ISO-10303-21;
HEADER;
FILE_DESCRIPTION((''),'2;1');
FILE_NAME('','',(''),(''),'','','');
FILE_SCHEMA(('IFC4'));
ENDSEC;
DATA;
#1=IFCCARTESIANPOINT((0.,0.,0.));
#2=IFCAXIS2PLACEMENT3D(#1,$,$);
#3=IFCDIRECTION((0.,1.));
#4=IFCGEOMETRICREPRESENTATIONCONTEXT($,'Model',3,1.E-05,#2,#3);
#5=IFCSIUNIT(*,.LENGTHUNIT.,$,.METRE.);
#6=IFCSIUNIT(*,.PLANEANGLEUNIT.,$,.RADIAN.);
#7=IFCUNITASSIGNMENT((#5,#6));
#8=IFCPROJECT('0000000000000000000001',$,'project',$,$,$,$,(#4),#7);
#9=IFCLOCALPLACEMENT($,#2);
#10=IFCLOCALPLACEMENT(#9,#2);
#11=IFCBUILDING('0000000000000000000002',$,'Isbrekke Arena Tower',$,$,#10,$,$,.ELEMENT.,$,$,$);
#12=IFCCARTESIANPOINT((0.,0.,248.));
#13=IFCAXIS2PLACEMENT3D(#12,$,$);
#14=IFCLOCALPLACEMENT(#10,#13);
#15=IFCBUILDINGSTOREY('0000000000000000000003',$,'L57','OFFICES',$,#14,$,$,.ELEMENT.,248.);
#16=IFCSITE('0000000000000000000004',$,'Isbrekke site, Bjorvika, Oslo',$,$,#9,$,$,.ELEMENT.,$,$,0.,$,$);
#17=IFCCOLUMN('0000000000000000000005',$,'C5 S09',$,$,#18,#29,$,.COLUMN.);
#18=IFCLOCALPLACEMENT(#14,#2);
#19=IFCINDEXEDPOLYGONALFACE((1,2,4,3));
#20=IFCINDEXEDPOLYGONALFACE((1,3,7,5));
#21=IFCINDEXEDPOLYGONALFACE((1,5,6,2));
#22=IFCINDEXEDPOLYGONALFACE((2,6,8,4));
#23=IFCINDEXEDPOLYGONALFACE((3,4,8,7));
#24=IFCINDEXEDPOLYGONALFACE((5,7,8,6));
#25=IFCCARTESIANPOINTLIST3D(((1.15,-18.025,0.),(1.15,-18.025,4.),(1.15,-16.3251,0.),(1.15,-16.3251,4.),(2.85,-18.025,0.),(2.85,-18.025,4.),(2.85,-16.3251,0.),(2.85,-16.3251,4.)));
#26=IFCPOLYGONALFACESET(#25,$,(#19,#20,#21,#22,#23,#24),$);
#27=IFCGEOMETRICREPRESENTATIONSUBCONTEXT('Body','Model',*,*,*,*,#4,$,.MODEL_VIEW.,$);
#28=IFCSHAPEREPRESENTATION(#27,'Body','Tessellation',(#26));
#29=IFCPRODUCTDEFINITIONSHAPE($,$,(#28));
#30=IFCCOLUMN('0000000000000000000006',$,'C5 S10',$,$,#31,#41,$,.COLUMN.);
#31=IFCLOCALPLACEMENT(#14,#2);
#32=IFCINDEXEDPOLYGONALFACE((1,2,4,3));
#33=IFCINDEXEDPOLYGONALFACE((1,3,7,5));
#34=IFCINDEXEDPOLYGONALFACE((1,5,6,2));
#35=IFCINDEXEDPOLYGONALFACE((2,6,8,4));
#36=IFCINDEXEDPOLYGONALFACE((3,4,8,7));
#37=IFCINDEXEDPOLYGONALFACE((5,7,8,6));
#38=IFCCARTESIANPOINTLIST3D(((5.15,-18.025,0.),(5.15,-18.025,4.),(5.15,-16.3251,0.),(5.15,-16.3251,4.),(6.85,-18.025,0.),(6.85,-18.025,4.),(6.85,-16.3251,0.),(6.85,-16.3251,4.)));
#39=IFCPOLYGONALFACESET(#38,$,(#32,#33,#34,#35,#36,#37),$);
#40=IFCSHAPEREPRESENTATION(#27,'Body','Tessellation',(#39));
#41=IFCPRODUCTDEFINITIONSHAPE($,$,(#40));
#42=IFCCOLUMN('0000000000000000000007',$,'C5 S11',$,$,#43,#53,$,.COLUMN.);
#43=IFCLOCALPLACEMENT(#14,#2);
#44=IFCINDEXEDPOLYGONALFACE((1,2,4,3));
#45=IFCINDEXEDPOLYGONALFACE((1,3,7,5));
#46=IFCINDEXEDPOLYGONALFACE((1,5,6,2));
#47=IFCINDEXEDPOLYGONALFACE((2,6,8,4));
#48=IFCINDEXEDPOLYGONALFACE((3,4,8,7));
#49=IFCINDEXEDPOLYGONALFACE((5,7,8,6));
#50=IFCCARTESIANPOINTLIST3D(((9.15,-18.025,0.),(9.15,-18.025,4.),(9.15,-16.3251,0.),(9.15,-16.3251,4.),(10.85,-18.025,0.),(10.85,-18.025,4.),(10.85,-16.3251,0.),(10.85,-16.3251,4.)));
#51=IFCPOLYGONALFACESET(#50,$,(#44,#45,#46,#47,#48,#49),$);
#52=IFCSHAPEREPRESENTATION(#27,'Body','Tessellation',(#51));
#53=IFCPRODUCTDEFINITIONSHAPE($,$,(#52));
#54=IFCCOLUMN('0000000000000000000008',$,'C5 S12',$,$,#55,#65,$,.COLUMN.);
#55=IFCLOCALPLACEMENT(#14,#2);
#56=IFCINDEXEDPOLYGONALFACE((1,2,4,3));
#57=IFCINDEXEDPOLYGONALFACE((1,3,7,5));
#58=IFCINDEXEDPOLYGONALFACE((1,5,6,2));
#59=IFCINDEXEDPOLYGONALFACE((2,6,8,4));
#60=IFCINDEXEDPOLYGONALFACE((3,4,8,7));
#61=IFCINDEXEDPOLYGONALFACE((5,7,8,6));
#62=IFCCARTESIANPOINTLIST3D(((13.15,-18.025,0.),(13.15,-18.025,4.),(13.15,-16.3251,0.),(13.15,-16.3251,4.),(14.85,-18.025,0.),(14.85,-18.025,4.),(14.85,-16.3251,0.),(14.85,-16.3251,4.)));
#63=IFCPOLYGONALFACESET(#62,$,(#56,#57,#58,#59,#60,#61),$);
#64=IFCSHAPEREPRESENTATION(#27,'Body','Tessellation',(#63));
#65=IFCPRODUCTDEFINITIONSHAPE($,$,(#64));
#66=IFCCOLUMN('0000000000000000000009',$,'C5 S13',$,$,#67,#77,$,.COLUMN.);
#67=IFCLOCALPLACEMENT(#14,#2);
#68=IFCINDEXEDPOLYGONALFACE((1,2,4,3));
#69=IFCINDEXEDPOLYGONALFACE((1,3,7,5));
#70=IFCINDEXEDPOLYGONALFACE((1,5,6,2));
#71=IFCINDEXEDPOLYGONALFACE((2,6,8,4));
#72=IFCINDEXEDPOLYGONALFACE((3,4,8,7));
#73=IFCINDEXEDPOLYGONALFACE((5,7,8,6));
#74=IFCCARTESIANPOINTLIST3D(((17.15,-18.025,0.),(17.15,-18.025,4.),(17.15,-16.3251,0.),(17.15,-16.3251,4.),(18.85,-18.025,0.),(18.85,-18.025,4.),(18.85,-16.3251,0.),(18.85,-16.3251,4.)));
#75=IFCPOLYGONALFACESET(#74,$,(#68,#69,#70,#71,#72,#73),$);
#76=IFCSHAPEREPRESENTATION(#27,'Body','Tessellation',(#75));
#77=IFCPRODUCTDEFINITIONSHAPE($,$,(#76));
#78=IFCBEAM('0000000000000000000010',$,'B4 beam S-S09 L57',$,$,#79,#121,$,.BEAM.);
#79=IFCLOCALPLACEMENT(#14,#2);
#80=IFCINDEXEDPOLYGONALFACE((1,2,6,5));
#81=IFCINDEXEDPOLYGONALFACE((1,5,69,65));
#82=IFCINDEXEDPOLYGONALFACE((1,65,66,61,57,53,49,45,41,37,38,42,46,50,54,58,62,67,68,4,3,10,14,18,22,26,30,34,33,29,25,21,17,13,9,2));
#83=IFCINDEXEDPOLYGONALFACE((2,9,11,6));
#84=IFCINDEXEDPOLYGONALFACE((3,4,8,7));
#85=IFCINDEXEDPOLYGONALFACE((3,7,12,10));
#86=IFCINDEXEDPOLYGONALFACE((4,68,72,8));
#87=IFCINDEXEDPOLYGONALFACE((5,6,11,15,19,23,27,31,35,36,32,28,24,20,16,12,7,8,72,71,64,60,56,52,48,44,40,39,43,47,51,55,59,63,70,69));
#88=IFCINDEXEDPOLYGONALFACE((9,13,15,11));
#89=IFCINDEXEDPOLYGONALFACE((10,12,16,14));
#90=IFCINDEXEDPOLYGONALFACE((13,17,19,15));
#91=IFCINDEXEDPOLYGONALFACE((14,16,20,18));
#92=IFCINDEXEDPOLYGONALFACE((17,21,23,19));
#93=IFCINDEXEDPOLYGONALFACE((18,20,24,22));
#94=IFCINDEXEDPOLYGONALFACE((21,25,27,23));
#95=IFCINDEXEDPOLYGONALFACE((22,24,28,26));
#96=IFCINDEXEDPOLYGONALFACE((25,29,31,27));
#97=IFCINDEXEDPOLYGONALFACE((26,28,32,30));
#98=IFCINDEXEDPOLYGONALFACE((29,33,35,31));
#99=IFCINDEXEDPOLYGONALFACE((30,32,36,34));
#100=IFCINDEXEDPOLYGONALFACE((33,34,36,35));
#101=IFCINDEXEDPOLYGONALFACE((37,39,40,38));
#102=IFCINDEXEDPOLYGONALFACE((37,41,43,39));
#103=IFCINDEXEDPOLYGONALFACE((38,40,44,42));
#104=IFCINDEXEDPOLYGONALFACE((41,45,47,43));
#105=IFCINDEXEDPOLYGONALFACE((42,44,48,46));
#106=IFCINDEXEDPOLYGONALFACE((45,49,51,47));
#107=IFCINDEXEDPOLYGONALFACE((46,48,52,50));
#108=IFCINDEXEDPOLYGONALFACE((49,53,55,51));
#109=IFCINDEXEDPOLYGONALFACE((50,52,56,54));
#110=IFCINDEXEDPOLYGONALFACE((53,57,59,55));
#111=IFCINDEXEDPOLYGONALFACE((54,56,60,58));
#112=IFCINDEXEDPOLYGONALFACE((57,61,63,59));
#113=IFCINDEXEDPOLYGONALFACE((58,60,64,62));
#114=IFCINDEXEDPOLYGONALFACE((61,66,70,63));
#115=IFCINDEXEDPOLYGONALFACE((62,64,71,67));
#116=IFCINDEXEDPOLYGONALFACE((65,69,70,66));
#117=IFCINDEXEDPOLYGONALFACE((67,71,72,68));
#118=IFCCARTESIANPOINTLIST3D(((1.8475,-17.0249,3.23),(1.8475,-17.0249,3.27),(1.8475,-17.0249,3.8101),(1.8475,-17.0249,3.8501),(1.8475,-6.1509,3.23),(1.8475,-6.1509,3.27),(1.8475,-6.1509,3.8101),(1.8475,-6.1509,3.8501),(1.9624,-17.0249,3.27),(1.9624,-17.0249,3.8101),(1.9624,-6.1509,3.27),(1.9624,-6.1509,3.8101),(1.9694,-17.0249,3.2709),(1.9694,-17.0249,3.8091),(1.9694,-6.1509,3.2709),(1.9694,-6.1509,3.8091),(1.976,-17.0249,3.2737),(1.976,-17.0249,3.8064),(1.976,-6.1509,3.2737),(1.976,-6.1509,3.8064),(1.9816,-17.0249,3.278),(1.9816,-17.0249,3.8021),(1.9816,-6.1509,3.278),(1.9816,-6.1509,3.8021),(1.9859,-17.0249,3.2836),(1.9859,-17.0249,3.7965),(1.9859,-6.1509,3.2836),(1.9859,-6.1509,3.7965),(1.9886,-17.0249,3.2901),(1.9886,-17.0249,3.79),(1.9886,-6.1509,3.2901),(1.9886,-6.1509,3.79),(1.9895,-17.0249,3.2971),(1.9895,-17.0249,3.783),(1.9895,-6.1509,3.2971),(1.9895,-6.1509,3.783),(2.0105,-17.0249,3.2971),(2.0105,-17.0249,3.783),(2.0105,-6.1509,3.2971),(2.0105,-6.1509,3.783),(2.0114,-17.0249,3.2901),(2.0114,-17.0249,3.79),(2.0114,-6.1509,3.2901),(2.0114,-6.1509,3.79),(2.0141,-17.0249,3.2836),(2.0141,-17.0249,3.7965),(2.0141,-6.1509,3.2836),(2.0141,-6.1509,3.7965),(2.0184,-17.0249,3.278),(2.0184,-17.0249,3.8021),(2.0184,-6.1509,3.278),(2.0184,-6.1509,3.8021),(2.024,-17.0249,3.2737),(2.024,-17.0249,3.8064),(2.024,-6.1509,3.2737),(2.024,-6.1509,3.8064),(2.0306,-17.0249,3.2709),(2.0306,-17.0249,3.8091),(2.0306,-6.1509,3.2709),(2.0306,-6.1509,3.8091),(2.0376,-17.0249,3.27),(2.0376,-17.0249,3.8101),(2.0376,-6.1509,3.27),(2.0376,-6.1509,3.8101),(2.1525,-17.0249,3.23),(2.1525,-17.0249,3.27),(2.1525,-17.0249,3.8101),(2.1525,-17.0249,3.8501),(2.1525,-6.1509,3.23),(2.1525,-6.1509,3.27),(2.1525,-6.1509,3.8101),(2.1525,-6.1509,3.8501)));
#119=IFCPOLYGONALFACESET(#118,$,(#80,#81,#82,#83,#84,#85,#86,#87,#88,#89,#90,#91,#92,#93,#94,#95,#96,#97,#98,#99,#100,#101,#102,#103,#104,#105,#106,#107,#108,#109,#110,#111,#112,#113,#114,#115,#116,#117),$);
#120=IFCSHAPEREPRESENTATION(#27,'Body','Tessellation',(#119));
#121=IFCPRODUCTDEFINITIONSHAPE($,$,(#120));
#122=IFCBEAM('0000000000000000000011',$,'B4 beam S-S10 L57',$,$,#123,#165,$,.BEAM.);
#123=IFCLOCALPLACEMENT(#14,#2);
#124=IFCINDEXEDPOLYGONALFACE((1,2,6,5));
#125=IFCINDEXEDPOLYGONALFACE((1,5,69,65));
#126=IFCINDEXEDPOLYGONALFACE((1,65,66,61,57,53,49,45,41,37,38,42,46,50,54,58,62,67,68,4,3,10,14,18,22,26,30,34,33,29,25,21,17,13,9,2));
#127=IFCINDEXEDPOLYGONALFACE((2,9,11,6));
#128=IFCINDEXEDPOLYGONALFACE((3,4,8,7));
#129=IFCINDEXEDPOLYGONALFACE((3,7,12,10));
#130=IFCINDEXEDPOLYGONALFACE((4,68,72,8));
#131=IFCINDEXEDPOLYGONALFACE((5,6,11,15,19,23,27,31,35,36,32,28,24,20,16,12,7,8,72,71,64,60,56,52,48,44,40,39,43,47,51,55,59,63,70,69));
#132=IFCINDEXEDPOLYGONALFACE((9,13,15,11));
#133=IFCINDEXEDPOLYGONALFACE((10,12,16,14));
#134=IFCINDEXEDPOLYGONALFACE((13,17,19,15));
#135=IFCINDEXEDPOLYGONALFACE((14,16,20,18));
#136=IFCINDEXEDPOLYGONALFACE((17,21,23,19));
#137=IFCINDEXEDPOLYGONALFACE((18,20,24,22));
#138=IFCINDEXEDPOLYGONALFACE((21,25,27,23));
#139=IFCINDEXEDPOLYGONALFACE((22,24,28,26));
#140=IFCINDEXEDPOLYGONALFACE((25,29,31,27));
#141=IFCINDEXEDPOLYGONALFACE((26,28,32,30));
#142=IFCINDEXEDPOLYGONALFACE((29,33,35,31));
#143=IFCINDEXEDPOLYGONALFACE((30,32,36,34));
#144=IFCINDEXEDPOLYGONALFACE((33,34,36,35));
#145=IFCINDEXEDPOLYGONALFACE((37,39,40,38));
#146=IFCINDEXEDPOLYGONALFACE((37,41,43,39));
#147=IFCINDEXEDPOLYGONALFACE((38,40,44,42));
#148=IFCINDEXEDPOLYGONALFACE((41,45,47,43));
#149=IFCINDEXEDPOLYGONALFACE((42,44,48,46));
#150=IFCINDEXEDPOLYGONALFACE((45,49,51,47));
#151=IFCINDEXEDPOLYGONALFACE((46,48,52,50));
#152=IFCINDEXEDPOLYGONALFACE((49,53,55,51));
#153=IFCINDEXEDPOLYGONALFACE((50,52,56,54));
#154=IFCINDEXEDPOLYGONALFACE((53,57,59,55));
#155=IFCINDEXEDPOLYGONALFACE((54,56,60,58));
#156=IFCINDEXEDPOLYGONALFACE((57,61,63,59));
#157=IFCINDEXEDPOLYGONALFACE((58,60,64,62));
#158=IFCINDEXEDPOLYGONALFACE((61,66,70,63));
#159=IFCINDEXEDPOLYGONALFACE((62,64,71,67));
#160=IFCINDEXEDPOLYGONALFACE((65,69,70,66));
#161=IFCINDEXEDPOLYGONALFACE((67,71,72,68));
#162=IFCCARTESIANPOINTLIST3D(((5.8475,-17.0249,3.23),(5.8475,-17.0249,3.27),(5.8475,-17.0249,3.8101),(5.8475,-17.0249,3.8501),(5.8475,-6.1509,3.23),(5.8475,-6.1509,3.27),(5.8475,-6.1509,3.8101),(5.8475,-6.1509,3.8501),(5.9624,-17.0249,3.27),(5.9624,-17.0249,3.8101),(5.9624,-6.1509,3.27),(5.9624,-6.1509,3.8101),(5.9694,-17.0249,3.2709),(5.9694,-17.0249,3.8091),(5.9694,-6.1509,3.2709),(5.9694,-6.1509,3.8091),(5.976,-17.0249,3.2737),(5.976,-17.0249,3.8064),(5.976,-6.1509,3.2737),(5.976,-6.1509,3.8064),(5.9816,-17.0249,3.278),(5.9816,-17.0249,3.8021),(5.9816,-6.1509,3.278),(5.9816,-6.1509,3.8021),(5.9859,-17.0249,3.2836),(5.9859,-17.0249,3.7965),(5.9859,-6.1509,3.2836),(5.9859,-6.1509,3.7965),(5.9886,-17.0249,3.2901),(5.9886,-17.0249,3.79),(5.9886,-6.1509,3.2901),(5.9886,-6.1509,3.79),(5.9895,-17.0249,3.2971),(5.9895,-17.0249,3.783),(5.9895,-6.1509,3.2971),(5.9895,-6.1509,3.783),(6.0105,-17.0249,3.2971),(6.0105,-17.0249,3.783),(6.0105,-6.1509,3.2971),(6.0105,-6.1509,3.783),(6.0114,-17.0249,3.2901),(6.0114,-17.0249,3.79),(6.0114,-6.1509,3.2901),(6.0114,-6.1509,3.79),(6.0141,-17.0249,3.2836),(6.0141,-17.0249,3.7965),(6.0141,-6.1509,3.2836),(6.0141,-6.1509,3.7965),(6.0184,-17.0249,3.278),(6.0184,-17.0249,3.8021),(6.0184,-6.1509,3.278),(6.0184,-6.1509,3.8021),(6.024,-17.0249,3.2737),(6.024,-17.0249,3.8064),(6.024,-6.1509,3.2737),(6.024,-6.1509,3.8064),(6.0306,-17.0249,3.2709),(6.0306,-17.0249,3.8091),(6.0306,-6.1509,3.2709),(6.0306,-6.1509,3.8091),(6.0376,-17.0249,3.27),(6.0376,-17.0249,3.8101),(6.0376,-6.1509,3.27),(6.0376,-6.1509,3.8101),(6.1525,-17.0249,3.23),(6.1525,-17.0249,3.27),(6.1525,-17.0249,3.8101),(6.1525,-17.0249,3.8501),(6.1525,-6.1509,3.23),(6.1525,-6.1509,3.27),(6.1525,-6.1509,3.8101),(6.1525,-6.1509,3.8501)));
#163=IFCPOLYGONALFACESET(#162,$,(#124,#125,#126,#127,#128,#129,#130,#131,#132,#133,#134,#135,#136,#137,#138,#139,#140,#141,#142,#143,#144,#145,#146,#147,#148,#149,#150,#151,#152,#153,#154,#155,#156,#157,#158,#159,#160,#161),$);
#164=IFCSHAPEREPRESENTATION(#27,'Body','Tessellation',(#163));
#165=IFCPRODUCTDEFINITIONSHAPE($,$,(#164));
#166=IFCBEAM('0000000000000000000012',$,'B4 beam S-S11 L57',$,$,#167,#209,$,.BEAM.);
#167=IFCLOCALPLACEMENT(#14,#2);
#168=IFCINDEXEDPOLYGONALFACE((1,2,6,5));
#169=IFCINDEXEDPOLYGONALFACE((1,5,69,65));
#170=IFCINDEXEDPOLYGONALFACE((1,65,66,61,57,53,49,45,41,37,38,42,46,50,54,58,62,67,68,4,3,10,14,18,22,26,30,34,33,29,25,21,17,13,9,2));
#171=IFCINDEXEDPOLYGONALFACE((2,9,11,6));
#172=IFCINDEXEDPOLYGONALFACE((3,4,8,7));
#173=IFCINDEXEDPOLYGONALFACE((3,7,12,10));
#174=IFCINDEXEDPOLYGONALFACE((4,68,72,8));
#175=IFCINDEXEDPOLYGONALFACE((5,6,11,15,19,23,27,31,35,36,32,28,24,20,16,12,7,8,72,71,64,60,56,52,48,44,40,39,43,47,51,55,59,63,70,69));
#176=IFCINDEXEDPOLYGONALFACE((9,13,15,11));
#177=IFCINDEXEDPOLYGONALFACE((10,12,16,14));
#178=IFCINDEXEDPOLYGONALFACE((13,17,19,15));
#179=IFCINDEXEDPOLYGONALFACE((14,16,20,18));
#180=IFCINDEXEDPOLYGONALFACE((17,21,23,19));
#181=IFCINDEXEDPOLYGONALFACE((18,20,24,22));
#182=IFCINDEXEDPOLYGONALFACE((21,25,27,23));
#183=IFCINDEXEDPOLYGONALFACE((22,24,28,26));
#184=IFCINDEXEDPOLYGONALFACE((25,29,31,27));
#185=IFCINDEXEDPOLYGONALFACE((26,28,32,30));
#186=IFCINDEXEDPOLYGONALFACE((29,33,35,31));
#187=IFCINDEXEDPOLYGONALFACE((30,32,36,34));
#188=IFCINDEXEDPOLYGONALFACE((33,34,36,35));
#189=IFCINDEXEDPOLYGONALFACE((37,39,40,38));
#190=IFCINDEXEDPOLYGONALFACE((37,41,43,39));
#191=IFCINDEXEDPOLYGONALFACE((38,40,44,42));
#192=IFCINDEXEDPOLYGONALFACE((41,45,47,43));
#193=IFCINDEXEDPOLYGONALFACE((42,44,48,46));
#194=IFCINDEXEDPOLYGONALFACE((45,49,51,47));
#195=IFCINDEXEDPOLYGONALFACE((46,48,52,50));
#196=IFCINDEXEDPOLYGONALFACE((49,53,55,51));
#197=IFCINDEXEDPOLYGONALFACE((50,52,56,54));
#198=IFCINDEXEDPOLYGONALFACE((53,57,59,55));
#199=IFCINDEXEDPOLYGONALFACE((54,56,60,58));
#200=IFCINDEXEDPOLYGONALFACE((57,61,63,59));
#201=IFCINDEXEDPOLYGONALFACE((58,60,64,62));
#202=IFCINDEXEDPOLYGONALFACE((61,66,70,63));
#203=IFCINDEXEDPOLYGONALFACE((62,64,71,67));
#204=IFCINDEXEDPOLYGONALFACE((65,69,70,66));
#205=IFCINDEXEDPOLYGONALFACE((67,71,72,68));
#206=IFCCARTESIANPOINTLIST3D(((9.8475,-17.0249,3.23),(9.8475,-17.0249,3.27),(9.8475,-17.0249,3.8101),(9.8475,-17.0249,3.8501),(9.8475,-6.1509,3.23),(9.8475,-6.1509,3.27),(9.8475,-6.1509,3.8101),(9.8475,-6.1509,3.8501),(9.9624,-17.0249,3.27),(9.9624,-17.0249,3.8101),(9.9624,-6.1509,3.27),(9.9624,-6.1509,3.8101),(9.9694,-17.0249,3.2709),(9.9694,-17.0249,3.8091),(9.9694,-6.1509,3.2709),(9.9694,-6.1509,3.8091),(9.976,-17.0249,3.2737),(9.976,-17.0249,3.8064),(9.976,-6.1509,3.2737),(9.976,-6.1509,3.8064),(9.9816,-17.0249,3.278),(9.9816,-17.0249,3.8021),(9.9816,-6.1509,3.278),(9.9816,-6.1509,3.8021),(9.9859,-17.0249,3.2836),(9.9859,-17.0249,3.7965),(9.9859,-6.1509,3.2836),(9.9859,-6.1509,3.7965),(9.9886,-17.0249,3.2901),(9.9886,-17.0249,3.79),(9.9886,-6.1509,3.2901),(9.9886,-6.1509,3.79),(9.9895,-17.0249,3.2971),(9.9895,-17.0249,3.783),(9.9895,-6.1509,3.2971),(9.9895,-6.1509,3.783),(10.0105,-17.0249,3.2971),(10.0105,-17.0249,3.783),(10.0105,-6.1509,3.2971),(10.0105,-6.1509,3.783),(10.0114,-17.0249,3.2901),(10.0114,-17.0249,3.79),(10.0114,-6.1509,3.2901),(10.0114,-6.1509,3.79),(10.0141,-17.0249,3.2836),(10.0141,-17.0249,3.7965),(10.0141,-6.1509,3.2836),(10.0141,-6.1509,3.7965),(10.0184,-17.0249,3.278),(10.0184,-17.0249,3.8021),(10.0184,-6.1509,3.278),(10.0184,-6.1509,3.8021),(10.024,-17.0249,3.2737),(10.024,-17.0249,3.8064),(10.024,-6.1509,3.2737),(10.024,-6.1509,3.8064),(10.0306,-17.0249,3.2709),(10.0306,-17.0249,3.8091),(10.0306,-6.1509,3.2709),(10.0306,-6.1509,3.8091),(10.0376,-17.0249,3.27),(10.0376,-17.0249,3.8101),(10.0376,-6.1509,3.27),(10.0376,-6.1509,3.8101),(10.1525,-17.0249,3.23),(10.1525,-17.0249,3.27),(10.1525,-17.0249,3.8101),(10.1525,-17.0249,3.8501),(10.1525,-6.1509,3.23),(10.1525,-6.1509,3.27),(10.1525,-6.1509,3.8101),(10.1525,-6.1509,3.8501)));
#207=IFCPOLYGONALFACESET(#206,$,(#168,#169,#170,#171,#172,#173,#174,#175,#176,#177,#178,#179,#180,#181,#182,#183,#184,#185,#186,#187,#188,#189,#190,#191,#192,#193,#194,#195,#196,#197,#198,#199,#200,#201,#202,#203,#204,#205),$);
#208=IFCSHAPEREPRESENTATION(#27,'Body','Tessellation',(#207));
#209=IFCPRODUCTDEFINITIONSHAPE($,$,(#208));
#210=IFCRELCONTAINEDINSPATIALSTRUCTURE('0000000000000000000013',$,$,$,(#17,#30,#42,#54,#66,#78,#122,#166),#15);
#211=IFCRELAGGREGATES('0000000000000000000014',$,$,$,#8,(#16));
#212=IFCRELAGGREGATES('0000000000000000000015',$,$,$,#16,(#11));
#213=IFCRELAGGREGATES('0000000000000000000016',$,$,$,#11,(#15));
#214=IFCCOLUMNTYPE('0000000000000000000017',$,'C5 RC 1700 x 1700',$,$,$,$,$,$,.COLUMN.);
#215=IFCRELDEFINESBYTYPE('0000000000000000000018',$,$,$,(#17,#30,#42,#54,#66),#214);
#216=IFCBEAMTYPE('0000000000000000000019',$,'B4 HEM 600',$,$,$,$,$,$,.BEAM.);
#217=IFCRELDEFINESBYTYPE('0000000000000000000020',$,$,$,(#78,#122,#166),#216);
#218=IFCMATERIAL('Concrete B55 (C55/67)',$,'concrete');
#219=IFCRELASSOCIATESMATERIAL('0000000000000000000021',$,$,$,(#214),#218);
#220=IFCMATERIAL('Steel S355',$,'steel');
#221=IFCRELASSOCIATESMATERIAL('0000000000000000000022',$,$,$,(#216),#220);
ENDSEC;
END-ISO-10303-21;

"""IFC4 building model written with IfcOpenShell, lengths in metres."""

from ifc_helpers import new_model, si_unit, direction, frame, origin, origin_2d, place, context, subcontext, project, spatial, rectangle, i_section, extrude, material, material_profile, profile_set, type_object, element, save


model = new_model("IFC4")

# Units and contexts
model_context = context("Model", 3, precision=1e-05, world=origin(), true_north=direction((0.0, 1.0)))
body_context = subcontext(model_context, "Body", "Model", "MODEL_VIEW")
ifc_project = project(units=[si_unit("LENGTHUNIT", "METRE"), si_unit("PLANEANGLEUNIT", "RADIAN")], contexts=[model_context])

# Site, building, storey
site_placement = place(None, origin())
site = spatial("IfcSite", under=ifc_project, at=site_placement, Name="Isbrekke site, Bjorvika, Oslo", CompositionType="ELEMENT", RefElevation=0.0)
building_placement = place(site_placement, origin())
building = spatial("IfcBuilding", under=site, at=building_placement, Name="Isbrekke Arena Tower", CompositionType="ELEMENT")
storey_placement = place(building_placement, frame((0.0, 0.0, 248.0)))
storey = spatial("IfcBuildingStorey", under=building, at=storey_placement, Name="L57", Description="OFFICES", CompositionType="ELEMENT", Elevation=248.0)

# Columns
ifc_material_1 = material(Name="Concrete B55 (C55/67)", Category="concrete")
ifc_material_profile_1 = material_profile(ifc_material_1, rectangle(XDim=1.7, YDim=1.7, at=origin_2d()), Name="RC 1700x1700")
ifc_profile_set_1 = profile_set([ifc_material_profile_1], Name="Concrete B55 (C55/67)")
column_type = type_object("IfcColumnType", Name="C5 RC 1700 x 1700", PredefinedType="COLUMN", material=ifc_profile_set_1)
for number, where, z_axis, x_axis, name in (
    (1, (2.0, -17.175, 0.0), (0.0, 0.0, 1.0), (1.0, 0.0, 0.0), "C5 S09"),
    (2, (6.0, -17.175, 0.0), (0.0, 0.0, 1.0), (1.0, 0.0, 0.0), "C5 S10"),
    (3, (10.0, -17.175, 0.0), (0.0, 0.0, 1.0), (1.0, 0.0, 0.0), "C5 S11"),
    (4, (14.0, -17.175, 0.0), (0.0, 0.0, 1.0), (1.0, 0.0, 0.0), "C5 S12"),
    (5, (18.0, -17.175, 0.0), (0.0, 0.0, 1.0), (1.0, 0.0, 0.0), "C5 S13"),
):
    element("IfcColumn", number, at=place(storey_placement, frame(where, z_axis=z_axis, x_axis=x_axis)), inside=storey, type_object=column_type, Name=name, PredefinedType="COLUMN", context=body_context, shape_type="SweptSolid", body=[
        extrude(rectangle(XDim=1.7, YDim=1.7, at=origin_2d()), origin(), (0.0, 0.0, 1.0), 4.0),
    ])

# Beams
ifc_material_2 = material(Name="Steel S355", Category="steel")
ifc_material_profile_2 = material_profile(ifc_material_2, i_section(OverallWidth=0.3049, OverallDepth=0.6201, WebThickness=0.021, FlangeThickness=0.04, FilletRadius=0.0271, at=origin_2d()), Name="HEM 600")
ifc_profile_set_2 = profile_set([ifc_material_profile_2], Name="Steel S355")
beam_type_1 = type_object("IfcBeamType", Name="B4 HEM 600", PredefinedType="BEAM", material=ifc_profile_set_2)
for number, where, z_axis, x_axis, name in (
    (6, (2.0, -17.0249, 3.54), (0.0, 1.0, 0.0), (-1.0, 0.0, 0.0), "B4 beam S-S09 L57"),
    (7, (6.0, -17.0249, 3.54), (0.0, 1.0, 0.0), (-1.0, 0.0, 0.0), "B4 beam S-S10 L57"),
    (8, (10.0, -17.0249, 3.54), (0.0, 1.0, 0.0), (-1.0, 0.0, 0.0), "B4 beam S-S11 L57"),
):
    element("IfcBeam", number, at=place(storey_placement, frame(where, z_axis=z_axis, x_axis=x_axis)), inside=storey, type_object=beam_type_1, Name=name, PredefinedType="BEAM", context=body_context, shape_type="SweptSolid", body=[
        extrude(i_section(OverallWidth=0.3049, OverallDepth=0.6201, WebThickness=0.021, FlangeThickness=0.04, FilletRadius=0.0271, at=origin_2d()), origin(), (0.0, 0.0, 1.0), 10.874),
    ])

save(model, "model.ifc")
